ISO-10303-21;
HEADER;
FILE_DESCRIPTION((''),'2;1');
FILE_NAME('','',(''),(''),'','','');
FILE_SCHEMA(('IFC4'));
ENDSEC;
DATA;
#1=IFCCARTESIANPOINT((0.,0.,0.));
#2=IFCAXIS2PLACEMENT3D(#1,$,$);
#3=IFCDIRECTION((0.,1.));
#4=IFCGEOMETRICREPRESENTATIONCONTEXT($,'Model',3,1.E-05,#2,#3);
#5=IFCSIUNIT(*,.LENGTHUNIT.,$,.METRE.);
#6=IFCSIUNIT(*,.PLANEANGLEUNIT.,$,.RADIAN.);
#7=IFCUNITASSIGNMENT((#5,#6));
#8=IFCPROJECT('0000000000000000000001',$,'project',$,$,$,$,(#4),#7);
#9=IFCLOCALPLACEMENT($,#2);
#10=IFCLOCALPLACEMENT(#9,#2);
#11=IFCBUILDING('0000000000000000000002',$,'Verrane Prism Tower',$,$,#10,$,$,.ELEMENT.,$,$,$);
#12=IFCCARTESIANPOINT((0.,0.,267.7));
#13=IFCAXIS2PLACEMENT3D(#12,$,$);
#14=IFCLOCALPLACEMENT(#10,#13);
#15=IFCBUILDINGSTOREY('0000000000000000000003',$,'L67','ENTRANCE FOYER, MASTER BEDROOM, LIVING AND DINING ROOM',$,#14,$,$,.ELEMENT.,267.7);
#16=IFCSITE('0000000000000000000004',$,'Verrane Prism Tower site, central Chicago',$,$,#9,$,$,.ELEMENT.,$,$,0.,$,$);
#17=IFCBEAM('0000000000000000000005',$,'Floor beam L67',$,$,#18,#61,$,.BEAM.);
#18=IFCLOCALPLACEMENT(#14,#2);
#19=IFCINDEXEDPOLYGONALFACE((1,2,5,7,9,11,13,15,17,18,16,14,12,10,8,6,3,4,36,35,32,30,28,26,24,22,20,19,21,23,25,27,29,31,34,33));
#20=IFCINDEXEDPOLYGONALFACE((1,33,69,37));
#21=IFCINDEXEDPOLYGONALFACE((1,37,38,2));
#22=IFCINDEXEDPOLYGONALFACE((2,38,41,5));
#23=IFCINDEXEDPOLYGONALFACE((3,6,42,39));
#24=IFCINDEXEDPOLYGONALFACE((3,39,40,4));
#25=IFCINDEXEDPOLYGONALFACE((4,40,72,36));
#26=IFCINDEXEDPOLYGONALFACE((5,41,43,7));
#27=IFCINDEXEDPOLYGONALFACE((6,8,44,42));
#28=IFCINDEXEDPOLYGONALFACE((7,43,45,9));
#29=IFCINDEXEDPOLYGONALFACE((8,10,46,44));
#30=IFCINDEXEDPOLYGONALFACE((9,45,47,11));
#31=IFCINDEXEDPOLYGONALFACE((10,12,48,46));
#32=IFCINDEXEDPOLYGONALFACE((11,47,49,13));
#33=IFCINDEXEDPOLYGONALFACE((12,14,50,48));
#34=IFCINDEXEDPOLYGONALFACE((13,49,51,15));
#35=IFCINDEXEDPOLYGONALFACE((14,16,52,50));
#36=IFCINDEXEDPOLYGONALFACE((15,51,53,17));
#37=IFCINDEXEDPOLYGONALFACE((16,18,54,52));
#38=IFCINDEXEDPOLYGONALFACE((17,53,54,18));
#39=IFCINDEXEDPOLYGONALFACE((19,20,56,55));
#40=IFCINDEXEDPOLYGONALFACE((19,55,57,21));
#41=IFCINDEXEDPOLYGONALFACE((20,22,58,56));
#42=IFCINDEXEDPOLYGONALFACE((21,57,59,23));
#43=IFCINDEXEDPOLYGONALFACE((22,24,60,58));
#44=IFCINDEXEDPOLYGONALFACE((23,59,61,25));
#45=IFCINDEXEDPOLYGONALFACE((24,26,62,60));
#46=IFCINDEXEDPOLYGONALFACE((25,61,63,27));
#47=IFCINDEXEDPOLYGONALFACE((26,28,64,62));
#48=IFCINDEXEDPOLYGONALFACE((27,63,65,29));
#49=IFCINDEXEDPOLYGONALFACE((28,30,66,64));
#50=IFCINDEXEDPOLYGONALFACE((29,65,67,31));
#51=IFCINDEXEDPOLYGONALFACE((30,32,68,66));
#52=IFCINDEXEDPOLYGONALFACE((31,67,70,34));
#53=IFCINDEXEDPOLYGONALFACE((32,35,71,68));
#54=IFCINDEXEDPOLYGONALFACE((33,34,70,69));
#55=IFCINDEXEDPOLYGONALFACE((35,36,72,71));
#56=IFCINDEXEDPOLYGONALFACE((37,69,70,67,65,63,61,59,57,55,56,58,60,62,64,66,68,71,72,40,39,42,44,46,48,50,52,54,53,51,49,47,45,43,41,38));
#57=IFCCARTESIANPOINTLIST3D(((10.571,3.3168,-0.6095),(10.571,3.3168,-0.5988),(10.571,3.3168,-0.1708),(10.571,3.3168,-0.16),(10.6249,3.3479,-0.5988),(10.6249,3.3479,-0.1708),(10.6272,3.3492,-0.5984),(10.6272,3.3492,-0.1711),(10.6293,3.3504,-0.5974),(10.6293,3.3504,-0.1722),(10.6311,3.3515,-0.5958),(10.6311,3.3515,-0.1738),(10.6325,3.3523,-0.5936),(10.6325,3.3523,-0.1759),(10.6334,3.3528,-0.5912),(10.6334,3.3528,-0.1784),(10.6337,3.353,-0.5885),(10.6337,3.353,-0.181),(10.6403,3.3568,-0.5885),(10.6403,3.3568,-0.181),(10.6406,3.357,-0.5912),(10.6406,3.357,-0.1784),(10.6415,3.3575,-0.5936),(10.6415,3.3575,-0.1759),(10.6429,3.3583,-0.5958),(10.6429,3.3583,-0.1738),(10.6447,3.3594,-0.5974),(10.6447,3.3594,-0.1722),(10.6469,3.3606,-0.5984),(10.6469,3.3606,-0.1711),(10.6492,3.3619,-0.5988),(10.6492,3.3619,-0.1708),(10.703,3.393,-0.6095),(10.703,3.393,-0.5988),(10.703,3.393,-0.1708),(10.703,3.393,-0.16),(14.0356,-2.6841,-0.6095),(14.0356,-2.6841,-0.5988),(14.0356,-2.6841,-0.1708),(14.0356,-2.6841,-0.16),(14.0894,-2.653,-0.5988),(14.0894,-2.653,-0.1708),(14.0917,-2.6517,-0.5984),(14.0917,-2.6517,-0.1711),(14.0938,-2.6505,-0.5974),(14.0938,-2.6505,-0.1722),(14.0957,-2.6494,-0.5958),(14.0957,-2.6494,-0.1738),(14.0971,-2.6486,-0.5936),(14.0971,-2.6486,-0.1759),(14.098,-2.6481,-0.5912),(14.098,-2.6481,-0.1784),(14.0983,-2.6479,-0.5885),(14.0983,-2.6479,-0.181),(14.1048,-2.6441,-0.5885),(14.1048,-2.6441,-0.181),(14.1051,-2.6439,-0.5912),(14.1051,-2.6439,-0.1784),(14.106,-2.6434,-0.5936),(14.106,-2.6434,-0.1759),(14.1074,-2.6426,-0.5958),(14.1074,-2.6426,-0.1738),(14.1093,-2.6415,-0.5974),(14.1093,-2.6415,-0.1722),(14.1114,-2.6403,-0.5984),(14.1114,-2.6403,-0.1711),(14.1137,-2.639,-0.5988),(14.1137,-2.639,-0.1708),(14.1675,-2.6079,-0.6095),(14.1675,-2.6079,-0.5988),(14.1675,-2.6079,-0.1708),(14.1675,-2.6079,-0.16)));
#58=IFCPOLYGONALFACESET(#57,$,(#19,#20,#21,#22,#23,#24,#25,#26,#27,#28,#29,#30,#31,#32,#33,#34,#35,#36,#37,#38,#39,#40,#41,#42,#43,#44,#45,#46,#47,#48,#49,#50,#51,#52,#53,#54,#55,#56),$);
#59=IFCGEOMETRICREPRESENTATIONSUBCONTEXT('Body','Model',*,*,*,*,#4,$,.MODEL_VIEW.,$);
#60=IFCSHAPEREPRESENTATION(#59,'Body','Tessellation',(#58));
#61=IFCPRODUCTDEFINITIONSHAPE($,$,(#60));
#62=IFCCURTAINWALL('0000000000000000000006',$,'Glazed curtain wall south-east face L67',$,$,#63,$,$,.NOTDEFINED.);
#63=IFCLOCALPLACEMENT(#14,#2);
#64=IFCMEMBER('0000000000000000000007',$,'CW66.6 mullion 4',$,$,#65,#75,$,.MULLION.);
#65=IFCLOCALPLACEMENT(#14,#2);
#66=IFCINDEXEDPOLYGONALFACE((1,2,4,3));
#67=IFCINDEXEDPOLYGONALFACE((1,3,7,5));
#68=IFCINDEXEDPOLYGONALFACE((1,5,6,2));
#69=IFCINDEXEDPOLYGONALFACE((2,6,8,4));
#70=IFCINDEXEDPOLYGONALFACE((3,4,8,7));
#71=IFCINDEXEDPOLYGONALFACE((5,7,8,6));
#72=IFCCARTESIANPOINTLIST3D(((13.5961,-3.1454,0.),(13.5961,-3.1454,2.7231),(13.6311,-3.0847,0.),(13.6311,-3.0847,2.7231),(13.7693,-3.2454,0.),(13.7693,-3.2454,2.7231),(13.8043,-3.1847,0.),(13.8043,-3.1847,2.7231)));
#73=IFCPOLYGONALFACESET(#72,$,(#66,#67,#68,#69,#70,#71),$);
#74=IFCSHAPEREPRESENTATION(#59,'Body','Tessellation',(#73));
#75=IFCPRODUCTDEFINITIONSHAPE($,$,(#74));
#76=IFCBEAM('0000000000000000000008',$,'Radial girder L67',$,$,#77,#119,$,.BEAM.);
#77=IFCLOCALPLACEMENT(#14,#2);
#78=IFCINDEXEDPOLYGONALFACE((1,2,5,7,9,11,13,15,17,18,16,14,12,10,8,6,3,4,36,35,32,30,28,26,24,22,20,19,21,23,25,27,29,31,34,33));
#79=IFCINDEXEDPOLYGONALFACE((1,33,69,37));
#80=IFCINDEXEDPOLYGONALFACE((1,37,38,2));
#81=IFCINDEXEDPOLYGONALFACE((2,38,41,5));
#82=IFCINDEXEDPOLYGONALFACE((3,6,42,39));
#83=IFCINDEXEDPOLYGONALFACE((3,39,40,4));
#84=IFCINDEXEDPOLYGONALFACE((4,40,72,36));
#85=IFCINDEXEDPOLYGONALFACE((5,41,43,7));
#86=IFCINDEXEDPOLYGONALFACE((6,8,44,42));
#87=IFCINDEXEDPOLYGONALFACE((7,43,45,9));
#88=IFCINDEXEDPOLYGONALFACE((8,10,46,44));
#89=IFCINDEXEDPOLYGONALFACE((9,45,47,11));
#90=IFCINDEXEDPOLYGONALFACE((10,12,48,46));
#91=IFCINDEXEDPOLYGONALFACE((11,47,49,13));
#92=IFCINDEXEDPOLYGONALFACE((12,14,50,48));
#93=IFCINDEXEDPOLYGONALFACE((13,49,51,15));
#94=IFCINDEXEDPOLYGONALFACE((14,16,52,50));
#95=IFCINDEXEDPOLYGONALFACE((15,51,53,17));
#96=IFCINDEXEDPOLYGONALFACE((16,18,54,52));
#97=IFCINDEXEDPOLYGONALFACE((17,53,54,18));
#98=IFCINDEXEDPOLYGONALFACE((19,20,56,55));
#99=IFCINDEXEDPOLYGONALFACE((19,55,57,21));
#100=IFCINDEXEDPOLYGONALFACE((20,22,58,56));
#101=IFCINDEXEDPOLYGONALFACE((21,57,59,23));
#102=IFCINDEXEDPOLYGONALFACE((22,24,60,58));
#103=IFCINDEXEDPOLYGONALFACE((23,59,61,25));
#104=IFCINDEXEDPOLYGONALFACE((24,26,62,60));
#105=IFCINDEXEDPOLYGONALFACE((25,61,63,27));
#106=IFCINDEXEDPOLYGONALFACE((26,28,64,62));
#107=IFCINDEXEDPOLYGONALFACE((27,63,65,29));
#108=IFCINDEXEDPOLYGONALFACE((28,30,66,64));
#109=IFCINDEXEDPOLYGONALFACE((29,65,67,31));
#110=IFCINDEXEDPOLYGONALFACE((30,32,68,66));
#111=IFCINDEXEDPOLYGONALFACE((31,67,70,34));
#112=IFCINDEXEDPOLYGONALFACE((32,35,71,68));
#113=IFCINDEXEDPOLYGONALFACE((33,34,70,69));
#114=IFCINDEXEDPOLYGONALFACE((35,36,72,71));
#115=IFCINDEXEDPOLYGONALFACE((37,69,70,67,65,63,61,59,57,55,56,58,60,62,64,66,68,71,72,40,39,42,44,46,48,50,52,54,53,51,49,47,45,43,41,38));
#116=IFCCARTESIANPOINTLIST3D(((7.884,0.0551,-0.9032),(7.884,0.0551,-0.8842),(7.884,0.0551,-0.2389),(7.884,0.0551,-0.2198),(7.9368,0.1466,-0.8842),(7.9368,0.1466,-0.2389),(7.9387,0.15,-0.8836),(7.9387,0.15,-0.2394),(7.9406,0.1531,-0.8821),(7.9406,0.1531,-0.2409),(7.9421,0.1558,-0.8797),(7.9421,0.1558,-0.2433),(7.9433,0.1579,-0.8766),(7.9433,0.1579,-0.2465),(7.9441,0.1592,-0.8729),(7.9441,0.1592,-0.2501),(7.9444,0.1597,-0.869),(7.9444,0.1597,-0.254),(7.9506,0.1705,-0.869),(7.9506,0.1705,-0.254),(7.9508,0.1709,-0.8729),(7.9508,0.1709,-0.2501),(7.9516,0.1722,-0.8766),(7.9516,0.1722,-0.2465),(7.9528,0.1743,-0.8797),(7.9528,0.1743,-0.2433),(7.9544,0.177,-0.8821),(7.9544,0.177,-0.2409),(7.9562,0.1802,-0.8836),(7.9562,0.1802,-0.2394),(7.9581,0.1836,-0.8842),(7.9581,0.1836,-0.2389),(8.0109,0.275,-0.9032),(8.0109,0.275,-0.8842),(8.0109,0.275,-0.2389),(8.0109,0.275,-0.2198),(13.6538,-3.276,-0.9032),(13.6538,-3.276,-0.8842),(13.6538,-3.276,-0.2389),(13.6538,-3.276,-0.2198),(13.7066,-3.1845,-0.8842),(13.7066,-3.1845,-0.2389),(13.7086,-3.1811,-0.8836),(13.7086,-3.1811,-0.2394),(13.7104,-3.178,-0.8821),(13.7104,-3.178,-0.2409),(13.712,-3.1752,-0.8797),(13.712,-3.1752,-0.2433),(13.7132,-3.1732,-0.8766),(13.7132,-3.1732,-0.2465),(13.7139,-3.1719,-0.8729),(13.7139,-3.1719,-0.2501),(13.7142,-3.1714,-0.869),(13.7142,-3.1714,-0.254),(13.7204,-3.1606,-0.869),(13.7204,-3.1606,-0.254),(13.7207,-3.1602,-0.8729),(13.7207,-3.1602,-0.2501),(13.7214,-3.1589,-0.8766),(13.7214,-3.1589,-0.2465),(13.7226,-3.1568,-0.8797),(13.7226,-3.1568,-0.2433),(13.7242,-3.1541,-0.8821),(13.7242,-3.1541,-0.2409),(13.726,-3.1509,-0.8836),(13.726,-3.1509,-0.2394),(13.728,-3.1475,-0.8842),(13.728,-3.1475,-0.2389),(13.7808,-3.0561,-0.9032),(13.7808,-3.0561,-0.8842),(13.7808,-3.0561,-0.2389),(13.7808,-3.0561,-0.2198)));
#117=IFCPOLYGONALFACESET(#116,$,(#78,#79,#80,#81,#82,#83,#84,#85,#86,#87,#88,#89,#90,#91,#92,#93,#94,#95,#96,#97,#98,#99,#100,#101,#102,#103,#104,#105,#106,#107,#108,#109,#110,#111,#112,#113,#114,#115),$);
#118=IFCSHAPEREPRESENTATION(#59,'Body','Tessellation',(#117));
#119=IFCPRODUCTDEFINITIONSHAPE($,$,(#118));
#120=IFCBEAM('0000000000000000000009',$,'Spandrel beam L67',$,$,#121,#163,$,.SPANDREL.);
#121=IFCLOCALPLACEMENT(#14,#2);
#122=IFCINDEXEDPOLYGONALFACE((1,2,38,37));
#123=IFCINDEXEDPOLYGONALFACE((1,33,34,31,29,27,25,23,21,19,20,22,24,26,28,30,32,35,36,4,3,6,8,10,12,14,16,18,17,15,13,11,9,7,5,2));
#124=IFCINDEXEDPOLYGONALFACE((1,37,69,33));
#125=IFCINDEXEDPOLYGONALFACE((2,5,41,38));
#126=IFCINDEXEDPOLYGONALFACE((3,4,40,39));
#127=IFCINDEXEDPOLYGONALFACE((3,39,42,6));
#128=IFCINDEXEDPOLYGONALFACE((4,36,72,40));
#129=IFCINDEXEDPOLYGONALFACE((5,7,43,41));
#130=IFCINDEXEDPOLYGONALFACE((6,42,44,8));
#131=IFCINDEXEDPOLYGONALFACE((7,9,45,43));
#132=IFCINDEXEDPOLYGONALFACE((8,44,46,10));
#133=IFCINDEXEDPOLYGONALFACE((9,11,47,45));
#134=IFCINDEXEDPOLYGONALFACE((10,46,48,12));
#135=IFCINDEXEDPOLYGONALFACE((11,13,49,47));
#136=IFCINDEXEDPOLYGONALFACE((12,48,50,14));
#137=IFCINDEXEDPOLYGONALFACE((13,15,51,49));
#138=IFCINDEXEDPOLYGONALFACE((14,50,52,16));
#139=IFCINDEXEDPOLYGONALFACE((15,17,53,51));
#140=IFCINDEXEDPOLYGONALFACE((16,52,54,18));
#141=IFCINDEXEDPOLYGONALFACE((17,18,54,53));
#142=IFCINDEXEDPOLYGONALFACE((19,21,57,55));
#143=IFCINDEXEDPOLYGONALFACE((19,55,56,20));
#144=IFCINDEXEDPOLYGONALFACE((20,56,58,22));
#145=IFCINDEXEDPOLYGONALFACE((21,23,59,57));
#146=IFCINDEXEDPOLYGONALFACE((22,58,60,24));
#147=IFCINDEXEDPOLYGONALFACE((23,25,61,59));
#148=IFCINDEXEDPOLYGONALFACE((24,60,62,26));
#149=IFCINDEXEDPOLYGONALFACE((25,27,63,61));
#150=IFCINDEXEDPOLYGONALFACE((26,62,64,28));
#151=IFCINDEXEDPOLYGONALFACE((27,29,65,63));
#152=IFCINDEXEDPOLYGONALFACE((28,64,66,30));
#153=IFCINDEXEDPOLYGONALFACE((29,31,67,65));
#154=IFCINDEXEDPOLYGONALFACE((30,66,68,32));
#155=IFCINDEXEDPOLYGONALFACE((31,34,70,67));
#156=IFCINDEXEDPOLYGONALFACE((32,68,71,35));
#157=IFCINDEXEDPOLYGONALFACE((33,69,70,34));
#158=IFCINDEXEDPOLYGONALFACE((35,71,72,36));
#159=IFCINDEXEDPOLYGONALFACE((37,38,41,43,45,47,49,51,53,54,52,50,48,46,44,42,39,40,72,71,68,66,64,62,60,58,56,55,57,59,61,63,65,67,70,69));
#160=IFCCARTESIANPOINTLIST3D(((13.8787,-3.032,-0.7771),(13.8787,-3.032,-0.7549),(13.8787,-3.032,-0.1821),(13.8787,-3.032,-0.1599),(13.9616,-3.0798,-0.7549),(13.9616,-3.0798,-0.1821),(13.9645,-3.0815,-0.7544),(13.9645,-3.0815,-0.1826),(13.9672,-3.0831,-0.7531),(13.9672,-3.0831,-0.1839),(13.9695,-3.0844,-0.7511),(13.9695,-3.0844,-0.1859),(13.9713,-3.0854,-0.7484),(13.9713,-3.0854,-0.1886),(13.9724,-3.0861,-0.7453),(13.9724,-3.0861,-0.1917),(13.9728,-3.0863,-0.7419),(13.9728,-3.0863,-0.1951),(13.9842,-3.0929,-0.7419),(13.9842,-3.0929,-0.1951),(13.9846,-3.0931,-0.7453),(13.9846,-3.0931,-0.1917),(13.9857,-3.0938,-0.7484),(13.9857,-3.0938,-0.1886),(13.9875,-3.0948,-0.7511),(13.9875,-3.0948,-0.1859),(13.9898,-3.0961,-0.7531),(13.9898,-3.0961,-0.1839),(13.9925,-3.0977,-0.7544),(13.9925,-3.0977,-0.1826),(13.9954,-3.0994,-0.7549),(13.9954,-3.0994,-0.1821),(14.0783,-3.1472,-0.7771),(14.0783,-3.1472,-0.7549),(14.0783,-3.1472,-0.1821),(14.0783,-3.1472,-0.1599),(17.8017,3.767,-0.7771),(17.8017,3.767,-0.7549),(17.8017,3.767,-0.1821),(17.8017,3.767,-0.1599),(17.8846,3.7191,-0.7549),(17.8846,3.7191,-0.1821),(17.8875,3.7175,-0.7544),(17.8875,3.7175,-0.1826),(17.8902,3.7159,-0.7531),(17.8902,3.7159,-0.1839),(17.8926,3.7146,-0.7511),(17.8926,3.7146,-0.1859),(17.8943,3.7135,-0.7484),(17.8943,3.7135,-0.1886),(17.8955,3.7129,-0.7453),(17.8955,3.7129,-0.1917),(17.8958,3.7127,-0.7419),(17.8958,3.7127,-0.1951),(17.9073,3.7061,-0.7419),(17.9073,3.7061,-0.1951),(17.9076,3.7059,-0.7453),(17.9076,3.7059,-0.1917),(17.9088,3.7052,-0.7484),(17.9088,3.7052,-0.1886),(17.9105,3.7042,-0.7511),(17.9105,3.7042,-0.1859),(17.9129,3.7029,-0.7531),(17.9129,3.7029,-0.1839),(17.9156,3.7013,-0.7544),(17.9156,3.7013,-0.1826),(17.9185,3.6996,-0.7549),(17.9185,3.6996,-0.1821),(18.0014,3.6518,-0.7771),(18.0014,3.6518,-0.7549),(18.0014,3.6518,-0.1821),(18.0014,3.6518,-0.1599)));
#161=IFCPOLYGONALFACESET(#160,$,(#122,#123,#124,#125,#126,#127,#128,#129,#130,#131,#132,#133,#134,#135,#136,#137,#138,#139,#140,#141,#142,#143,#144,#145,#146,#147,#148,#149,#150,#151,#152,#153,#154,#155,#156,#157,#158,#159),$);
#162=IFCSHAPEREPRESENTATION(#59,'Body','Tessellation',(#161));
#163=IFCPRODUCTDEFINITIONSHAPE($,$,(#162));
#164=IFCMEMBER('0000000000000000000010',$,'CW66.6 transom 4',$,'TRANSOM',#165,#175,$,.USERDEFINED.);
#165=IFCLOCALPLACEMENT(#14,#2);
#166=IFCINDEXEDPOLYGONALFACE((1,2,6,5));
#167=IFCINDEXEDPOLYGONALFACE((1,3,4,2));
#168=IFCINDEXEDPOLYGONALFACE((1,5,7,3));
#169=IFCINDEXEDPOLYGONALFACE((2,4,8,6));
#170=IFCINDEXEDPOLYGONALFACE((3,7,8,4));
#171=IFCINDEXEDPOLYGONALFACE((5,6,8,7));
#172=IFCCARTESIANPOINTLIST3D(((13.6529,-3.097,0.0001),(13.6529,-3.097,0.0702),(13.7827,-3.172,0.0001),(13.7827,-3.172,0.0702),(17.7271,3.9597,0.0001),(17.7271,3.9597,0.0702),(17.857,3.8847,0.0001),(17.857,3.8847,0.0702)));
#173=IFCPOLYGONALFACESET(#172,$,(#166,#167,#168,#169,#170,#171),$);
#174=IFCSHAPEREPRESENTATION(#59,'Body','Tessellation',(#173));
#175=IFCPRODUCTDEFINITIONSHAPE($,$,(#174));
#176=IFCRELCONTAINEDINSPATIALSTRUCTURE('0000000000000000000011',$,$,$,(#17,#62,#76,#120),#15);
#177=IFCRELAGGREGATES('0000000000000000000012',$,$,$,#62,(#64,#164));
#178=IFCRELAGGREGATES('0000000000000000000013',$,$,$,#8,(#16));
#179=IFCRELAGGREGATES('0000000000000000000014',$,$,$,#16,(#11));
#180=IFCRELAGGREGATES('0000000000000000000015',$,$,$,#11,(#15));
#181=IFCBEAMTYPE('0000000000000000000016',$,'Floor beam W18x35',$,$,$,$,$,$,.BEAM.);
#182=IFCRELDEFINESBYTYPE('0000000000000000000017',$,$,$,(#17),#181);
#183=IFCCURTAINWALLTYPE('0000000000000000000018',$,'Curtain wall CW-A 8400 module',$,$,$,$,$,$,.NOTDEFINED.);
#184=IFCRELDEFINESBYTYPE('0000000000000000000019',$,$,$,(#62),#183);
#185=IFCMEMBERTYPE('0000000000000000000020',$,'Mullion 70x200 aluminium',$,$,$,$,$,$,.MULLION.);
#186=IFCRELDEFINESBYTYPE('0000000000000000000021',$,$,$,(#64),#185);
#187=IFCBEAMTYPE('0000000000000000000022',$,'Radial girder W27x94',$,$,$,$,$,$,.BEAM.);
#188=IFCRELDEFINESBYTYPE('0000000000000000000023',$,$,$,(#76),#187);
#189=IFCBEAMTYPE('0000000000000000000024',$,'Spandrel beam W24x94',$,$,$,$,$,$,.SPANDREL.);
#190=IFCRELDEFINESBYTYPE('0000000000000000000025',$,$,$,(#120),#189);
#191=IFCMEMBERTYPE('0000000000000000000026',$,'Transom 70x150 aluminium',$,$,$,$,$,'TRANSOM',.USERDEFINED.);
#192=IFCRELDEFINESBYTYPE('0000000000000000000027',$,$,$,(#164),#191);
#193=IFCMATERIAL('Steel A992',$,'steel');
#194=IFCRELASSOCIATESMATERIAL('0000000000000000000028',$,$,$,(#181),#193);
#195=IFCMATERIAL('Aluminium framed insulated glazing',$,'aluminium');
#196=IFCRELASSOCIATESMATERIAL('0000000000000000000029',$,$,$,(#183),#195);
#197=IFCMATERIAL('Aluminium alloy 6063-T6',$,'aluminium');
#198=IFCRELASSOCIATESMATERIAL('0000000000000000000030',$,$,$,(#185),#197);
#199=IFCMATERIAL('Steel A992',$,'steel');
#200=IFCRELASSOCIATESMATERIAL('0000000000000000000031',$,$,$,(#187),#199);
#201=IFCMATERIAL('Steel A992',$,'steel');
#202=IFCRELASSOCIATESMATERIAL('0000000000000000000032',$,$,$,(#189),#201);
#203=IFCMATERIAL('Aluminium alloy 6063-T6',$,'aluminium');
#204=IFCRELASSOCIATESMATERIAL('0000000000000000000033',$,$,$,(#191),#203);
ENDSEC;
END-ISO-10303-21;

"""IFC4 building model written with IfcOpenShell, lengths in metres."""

from ifc_helpers import new_model, si_unit, direction, frame, origin, origin_2d, place, context, subcontext, project, spatial, rectangle, i_section, extrude, material, material_profile, profile_set, type_object, element, aggregate, save


model = new_model("IFC4")

# Units and contexts
model_context = context("Model", 3, precision=1e-05, world=origin(), true_north=direction((0.0, 1.0)))
body_context = subcontext(model_context, "Body", "Model", "MODEL_VIEW")
ifc_project = project(units=[si_unit("LENGTHUNIT", "METRE"), si_unit("PLANEANGLEUNIT", "RADIAN")], contexts=[model_context])

# Site, building, storey
site_placement = place(None, origin())
site = spatial("IfcSite", under=ifc_project, at=site_placement, Name="Verrane Prism Tower site, central Chicago", CompositionType="ELEMENT", RefElevation=0.0)
building_placement = place(site_placement, origin())
building = spatial("IfcBuilding", under=site, at=building_placement, Name="Verrane Prism Tower", CompositionType="ELEMENT")
storey_placement = place(building_placement, frame((0.0, 0.0, 267.7)))
storey = spatial("IfcBuildingStorey", under=building, at=storey_placement, Name="L67", Description="ENTRANCE FOYER, MASTER BEDROOM, LIVING AND DINING ROOM", CompositionType="ELEMENT", Elevation=267.7)

# Beam
ifc_material_1 = material(Name="Steel A992", Category="steel")
ifc_material_profile_1 = material_profile(ifc_material_1, i_section(OverallWidth=0.1523, OverallDepth=0.4495, WebThickness=0.0076, FlangeThickness=0.0107, FilletRadius=0.0103, at=origin_2d()), Name="W18x35")
ifc_profile_set_1 = profile_set([ifc_material_profile_1], Name="Steel A992")
beam_type_1 = type_object("IfcBeamType", Name="Floor beam W18x35", PredefinedType="BEAM", material=ifc_profile_set_1)
beam_1_placement = place(storey_placement, frame((14.1016, -2.646, -0.3848), z_axis=(-0.499993, 0.86603, 0.0), x_axis=(-0.86603, -0.499993, 0.0)))
element("IfcBeam", 1, at=beam_1_placement, inside=storey, type_object=beam_type_1, Name="Floor beam L67", PredefinedType="BEAM", context=body_context, shape_type="SweptSolid", body=[
    extrude(i_section(OverallWidth=0.1523, OverallDepth=0.4495, WebThickness=0.0076, FlangeThickness=0.0107, FilletRadius=0.0103, at=origin_2d()), origin(), (0.0, 0.0, 1.0), 6.9292),
])

# Curtain wall, member
ifc_material_2 = material(Name="Aluminium framed insulated glazing", Category="aluminium")
curtain_wall_type = type_object("IfcCurtainWallType", Name="Curtain wall CW-A 8400 module", PredefinedType="NOTDEFINED", material=ifc_material_2)
curtain_wall_placement = place(storey_placement, origin())
curtain_wall = element("IfcCurtainWall", 2, at=curtain_wall_placement, inside=storey, type_object=curtain_wall_type, Name="Glazed curtain wall south-east face L67", PredefinedType="NOTDEFINED")
ifc_material_3 = material(Name="Aluminium alloy 6063-T6", Category="aluminium")
ifc_material_profile_2 = material_profile(ifc_material_3, rectangle(XDim=0.2, YDim=0.0701, at=origin_2d()), Name="Mullion 70x200 aluminium")
ifc_profile_set_2 = profile_set([ifc_material_profile_2], Name="Aluminium alloy 6063-T6")
member_type_1 = type_object("IfcMemberType", Name="Mullion 70x200 aluminium", PredefinedType="MULLION", material=ifc_profile_set_2)
member_1_placement = place(storey_placement, frame((13.7002, -3.165, 0.0), z_axis=(0.0, 0.0, 1.0), x_axis=(-0.866025, 0.500001, 0.0)))
member_1 = element("IfcMember", 3, at=member_1_placement, type_object=member_type_1, Name="CW66.6 mullion 4", PredefinedType="MULLION", context=body_context, shape_type="SweptSolid", body=[
    extrude(rectangle(XDim=0.2, YDim=0.0701, at=origin_2d()), origin(), (0.0, 0.0, 1.0), 2.7231),
])

# Beams
ifc_material_4 = material(Name="Steel A992", Category="steel")
ifc_material_profile_3 = material_profile(ifc_material_4, i_section(OverallWidth=0.2539, OverallDepth=0.6833, WebThickness=0.0125, FlangeThickness=0.019, FilletRadius=0.0151, at=origin_2d()), Name="W27x94")
ifc_profile_set_3 = profile_set([ifc_material_profile_3], Name="Steel A992")
beam_type_2 = type_object("IfcBeamType", Name="Radial girder W27x94", PredefinedType="BEAM", material=ifc_profile_set_3)
beam_2_placement = place(storey_placement, frame((13.7173, -3.166, -0.5615), z_axis=(-0.866034, 0.499986, 0.0), x_axis=(-0.499986, -0.866034, 0.0)))
element("IfcBeam", 4, at=beam_2_placement, inside=storey, type_object=beam_type_2, Name="Radial girder L67", PredefinedType="BEAM", context=body_context, shape_type="SweptSolid", body=[
    extrude(i_section(OverallWidth=0.2539, OverallDepth=0.6833, WebThickness=0.0125, FlangeThickness=0.019, FilletRadius=0.0151, at=origin_2d()), origin(), (0.0, 0.0, 1.0), 6.6624),
])
ifc_material_5 = material(Name="Steel A992", Category="steel")
ifc_material_profile_4 = material_profile(ifc_material_5, i_section(OverallWidth=0.2305, OverallDepth=0.6172, WebThickness=0.0132, FlangeThickness=0.0222, FilletRadius=0.0129, at=origin_2d()), Name="W24x94")
ifc_profile_set_4 = profile_set([ifc_material_profile_4], Name="Steel A992")
beam_type_3 = type_object("IfcBeamType", Name="Spandrel beam W24x94", PredefinedType="SPANDREL", material=ifc_profile_set_4)
beam_3_placement = place(storey_placement, frame((13.9785, -3.0896, -0.4685), z_axis=(0.499775, 0.866155, 0.0), x_axis=(-0.866155, 0.499775, 0.0)))
element("IfcBeam", 5, at=beam_3_placement, inside=storey, type_object=beam_type_3, Name="Spandrel beam L67", PredefinedType="SPANDREL", context=body_context, shape_type="SweptSolid", body=[
    extrude(i_section(OverallWidth=0.2305, OverallDepth=0.6172, WebThickness=0.0132, FlangeThickness=0.0222, FilletRadius=0.0129, at=origin_2d()), origin(), (0.0, 0.0, 1.0), 7.8496),
])

# Member
ifc_material_6 = material(Name="Aluminium alloy 6063-T6", Category="aluminium")
ifc_material_profile_5 = material_profile(ifc_material_6, rectangle(XDim=0.1499, YDim=0.0701, at=origin_2d()), Name="Transom 70x150 aluminium")
ifc_profile_set_5 = profile_set([ifc_material_profile_5], Name="Aluminium alloy 6063-T6")
member_type_2 = type_object("IfcMemberType", Name="Transom 70x150 aluminium", ElementType="TRANSOM", PredefinedType="USERDEFINED", material=ifc_profile_set_5)
member_2_placement = place(storey_placement, frame((13.7178, -3.1345, 0.0352), z_axis=(0.500006, 0.866022, 0.0), x_axis=(-0.866022, 0.500006, 0.0)))
member_2 = element("IfcMember", 6, at=member_2_placement, type_object=member_type_2, Name="CW66.6 transom 4", ObjectType="TRANSOM", PredefinedType="USERDEFINED", context=body_context, shape_type="SweptSolid", body=[
    extrude(rectangle(XDim=0.1499, YDim=0.0701, at=origin_2d()), origin(), (0.0, 0.0, 1.0), 8.1484),
])

aggregate(curtain_wall, [member_1, member_2])

save(model, "model.ifc")
